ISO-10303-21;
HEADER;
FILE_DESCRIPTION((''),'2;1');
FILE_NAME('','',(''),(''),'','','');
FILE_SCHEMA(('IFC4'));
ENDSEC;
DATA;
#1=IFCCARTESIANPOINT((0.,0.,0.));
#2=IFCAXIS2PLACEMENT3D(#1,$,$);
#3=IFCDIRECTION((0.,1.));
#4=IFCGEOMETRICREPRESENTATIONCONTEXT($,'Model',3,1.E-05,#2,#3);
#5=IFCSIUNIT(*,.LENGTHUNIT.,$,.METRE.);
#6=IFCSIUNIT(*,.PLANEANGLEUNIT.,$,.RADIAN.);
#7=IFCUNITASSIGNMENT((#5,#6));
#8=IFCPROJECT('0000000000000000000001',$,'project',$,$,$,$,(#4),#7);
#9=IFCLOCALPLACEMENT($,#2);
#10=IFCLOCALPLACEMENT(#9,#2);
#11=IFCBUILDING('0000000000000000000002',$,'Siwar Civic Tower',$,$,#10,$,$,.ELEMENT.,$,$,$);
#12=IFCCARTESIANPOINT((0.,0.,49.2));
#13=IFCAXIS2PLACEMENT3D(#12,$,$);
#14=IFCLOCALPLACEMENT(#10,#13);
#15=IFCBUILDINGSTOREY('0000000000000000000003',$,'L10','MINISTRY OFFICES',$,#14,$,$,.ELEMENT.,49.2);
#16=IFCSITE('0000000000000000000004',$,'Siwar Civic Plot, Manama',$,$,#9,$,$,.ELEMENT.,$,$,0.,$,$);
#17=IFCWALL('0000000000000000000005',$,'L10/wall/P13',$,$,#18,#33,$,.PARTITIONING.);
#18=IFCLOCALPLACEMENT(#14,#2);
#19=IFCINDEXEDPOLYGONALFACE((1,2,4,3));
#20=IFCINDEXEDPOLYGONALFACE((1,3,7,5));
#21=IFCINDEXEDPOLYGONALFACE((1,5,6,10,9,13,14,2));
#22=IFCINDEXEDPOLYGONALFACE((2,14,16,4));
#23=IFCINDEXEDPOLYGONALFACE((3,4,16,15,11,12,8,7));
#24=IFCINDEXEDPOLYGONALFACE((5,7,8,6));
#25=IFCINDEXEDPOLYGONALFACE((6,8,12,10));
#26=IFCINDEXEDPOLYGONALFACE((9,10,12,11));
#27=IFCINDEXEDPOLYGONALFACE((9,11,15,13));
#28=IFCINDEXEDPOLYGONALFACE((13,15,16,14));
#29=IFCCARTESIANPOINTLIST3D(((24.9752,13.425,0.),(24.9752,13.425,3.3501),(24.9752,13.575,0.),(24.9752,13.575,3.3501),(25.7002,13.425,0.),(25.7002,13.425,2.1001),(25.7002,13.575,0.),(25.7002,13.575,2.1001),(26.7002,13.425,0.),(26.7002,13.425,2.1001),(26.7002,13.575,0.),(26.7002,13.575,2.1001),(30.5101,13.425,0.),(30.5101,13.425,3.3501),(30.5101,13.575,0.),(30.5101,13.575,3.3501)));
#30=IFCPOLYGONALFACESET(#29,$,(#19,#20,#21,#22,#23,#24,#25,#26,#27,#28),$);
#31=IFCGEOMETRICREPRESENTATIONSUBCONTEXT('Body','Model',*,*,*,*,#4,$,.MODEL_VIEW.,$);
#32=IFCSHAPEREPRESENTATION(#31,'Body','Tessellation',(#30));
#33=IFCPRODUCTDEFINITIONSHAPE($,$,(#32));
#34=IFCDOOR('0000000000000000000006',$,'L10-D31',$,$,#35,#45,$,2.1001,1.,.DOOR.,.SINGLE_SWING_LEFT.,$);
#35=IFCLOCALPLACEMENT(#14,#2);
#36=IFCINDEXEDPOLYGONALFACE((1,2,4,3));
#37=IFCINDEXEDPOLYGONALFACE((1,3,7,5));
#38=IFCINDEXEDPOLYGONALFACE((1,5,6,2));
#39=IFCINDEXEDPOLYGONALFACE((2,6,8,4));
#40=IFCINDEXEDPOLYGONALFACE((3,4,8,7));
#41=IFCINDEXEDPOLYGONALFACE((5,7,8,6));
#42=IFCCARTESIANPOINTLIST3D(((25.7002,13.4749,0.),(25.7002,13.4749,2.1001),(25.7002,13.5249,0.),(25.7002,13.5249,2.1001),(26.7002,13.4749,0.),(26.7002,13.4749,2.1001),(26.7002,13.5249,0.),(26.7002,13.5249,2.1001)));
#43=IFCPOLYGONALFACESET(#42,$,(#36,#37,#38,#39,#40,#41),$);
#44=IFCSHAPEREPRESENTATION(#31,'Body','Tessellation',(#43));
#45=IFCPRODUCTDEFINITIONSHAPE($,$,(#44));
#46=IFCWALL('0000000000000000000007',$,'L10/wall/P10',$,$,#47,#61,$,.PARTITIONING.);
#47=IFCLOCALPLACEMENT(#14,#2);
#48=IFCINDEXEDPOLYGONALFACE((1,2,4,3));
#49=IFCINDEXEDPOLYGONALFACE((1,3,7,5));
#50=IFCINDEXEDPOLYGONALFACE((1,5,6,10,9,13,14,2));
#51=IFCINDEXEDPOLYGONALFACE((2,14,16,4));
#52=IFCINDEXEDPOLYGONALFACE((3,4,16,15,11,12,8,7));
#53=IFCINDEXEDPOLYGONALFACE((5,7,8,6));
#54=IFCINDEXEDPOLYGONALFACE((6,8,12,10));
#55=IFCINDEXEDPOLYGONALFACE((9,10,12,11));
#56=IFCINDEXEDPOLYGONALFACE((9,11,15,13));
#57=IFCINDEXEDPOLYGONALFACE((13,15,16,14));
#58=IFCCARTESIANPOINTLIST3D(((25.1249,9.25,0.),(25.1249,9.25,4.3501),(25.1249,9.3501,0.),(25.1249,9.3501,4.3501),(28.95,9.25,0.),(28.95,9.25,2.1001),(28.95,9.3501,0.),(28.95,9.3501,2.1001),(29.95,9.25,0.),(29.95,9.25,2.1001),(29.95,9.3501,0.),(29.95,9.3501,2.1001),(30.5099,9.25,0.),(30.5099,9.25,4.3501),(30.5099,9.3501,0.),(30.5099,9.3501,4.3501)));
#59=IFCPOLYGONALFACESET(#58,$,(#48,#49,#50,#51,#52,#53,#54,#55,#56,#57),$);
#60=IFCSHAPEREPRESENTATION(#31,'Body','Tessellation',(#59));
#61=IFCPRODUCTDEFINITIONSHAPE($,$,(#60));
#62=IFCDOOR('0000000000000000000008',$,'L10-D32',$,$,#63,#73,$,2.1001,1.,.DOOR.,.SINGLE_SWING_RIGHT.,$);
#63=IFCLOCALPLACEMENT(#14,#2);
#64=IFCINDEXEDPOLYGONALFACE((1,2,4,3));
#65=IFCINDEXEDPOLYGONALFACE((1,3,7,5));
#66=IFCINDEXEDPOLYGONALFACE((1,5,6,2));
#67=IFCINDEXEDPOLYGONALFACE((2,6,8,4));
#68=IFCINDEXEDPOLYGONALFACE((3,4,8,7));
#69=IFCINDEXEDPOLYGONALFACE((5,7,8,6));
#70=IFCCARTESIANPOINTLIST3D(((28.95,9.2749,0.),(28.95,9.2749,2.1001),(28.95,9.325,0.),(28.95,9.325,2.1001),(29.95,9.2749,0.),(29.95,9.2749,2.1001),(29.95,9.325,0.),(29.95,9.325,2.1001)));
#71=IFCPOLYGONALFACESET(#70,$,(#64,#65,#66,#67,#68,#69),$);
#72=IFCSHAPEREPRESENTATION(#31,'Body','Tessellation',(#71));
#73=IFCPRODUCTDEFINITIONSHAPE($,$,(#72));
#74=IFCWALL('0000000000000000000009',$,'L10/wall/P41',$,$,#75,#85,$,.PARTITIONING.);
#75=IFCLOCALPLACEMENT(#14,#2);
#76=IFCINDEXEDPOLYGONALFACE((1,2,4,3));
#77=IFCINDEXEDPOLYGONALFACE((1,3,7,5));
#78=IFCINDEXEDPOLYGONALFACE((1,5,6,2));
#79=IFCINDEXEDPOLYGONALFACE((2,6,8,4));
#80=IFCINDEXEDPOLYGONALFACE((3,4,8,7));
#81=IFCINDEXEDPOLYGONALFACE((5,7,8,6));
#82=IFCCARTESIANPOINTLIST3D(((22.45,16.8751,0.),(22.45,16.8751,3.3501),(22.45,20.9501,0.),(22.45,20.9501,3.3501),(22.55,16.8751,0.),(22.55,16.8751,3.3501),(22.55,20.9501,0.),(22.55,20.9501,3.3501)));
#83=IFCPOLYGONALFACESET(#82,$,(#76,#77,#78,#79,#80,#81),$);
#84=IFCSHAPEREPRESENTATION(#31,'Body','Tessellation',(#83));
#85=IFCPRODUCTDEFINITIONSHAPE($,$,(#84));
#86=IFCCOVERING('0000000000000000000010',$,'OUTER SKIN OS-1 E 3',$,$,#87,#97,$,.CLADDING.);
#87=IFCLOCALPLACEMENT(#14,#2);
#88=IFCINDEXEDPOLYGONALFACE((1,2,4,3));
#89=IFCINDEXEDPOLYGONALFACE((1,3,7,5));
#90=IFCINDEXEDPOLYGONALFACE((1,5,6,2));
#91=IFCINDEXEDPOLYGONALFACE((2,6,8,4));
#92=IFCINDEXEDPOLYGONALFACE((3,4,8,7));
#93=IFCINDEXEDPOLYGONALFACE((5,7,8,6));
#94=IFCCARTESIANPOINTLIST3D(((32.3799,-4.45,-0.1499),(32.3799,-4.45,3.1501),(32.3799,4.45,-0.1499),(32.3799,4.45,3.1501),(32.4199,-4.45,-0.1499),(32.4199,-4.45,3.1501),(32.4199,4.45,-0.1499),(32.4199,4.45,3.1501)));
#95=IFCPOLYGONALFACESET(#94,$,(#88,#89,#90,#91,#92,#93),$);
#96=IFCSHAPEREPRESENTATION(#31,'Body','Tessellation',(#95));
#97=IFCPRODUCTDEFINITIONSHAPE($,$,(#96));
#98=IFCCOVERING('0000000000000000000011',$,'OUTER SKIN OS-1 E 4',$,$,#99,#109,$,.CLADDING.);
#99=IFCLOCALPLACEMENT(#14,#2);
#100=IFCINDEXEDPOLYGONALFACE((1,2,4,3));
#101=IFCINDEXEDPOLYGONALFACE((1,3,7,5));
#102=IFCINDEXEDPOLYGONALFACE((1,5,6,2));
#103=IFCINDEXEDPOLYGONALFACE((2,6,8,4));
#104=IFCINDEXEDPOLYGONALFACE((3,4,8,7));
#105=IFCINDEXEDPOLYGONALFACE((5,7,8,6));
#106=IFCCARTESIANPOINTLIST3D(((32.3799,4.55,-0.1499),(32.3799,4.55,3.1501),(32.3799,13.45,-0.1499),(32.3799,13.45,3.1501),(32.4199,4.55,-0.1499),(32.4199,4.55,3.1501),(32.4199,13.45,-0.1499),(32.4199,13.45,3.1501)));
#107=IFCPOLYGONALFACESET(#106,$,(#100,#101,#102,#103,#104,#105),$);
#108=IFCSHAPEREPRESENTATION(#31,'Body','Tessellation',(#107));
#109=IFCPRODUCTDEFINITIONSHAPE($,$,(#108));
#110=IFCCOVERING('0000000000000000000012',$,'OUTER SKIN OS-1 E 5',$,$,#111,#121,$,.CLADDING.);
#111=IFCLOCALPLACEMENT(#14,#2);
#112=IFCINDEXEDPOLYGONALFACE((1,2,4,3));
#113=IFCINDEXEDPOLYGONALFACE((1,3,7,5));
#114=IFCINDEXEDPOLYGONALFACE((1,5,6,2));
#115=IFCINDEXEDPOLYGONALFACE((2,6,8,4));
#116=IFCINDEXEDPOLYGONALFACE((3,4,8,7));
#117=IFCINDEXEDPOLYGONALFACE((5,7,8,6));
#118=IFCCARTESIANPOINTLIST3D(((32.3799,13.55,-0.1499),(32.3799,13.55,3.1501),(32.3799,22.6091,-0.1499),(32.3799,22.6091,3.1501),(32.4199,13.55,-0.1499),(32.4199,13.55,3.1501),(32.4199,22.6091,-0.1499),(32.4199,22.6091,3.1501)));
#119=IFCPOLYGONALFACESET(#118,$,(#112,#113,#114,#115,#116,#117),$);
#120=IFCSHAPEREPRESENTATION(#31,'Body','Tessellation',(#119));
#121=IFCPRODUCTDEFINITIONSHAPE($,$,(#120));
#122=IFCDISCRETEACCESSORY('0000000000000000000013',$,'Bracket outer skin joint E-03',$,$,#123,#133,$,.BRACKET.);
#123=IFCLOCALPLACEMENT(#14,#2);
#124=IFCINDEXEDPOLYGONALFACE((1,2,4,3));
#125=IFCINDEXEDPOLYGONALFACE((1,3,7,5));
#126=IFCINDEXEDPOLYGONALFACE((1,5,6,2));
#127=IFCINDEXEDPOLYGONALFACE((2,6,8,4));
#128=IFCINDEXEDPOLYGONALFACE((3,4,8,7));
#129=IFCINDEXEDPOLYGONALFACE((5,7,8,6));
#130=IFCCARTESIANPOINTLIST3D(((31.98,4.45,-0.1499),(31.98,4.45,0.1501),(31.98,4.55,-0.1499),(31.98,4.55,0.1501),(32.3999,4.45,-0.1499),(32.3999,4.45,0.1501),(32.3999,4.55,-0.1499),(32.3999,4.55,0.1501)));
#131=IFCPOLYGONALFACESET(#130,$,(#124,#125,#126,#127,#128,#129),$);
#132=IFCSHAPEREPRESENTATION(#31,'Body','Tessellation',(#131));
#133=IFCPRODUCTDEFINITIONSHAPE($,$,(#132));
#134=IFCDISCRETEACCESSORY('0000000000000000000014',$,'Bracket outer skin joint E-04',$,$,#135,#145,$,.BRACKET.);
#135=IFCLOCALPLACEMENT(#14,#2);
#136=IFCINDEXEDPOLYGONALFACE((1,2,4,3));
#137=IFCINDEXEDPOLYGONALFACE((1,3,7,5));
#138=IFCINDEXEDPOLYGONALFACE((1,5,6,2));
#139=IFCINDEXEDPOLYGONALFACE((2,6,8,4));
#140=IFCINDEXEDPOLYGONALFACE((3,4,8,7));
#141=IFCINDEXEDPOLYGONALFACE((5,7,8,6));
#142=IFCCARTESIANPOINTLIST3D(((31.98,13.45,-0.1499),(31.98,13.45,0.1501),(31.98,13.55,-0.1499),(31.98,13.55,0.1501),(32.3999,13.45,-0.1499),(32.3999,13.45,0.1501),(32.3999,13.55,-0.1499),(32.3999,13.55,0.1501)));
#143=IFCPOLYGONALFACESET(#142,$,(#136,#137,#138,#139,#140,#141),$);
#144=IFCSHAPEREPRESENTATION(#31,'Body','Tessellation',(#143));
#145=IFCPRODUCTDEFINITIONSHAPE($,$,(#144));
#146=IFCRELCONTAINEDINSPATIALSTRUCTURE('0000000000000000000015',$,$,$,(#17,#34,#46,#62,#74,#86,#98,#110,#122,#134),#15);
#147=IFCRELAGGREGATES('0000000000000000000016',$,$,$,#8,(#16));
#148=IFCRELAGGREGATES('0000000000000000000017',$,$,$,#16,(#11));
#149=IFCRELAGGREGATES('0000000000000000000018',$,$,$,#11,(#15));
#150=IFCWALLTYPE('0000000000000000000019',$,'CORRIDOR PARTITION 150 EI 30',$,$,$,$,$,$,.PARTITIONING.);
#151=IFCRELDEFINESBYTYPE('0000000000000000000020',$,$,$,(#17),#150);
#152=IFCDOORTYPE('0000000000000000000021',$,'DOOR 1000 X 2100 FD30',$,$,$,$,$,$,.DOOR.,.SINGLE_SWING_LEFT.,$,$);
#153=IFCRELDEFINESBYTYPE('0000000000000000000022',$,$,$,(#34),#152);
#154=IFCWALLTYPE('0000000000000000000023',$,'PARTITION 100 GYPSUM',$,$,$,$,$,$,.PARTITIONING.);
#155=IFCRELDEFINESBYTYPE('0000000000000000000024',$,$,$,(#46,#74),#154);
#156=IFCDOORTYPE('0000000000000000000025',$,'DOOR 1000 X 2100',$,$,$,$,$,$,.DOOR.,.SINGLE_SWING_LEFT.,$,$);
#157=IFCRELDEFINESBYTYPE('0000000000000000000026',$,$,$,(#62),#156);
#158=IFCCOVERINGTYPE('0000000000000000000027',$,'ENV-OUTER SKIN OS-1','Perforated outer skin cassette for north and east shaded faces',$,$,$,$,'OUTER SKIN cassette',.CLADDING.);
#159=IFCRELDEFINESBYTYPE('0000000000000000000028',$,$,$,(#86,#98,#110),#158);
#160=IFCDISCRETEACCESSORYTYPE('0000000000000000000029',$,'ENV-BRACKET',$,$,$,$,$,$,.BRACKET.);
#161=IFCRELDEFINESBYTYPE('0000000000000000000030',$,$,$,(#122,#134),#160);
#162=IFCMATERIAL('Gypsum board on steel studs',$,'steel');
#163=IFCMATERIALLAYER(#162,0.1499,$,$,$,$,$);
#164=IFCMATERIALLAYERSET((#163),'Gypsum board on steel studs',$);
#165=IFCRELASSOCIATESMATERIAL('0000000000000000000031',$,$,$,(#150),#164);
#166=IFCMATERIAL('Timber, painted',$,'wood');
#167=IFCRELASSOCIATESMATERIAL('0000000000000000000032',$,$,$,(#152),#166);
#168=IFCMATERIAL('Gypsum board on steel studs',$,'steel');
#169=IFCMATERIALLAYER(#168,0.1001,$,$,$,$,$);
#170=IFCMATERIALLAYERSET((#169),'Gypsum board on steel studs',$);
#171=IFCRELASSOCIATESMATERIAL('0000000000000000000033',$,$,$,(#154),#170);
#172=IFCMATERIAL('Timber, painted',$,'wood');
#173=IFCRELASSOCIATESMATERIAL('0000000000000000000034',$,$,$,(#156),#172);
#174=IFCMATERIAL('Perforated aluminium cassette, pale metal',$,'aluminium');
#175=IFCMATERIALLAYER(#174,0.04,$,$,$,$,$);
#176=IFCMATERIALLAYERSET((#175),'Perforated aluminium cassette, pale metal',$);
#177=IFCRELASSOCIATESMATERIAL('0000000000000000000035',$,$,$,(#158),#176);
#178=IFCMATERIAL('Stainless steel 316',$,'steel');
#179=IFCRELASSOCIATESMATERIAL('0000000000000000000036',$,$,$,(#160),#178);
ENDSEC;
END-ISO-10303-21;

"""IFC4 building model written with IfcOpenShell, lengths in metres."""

from ifc_helpers import new_model, si_unit, direction, frame, frame_2d, origin, origin_2d, place, context, subcontext, project, spatial, rectangle, extrude, material, layer, layer_set, type_object, element, fill, save


model = new_model("IFC4")

# Units and contexts
model_context = context("Model", 3, precision=1e-05, world=origin(), true_north=direction((0.0, 1.0)))
body_context = subcontext(model_context, "Body", "Model", "MODEL_VIEW")
ifc_project = project(units=[si_unit("LENGTHUNIT", "METRE"), si_unit("PLANEANGLEUNIT", "RADIAN")], contexts=[model_context])

# Site, building, storey
site_placement = place(None, origin())
site = spatial("IfcSite", under=ifc_project, at=site_placement, Name="Siwar Civic Plot, Manama", CompositionType="ELEMENT", RefElevation=0.0)
building_placement = place(site_placement, origin())
building = spatial("IfcBuilding", under=site, at=building_placement, Name="Siwar Civic Tower", CompositionType="ELEMENT")
storey_placement = place(building_placement, frame((0.0, 0.0, 49.2)))
storey = spatial("IfcBuildingStorey", under=building, at=storey_placement, Name="L10", Description="MINISTRY OFFICES", CompositionType="ELEMENT", Elevation=49.2)

# Walls, openings, doors
ifc_material_1 = material(Name="Gypsum board on steel studs", Category="steel")
ifc_layer_1 = layer(ifc_material_1, 0.1499)
ifc_layer_set_1 = layer_set([ifc_layer_1], Name="Gypsum board on steel studs")
wall_type_1 = type_object("IfcWallType", Name="CORRIDOR PARTITION 150 EI 30", PredefinedType="PARTITIONING", material=ifc_layer_set_1)
wall_1_placement = place(storey_placement, frame((24.9751, 13.5, 0.0), z_axis=(0.0, 0.0, 1.0), x_axis=(1.0, 0.0, 0.0)))
wall_1 = element("IfcWall", 1, at=wall_1_placement, inside=storey, type_object=wall_type_1, Name="L10/wall/P13", PredefinedType="PARTITIONING", context=body_context, shape_type="SweptSolid", body=[
    extrude(rectangle(XDim=5.5349, YDim=0.1499, at=frame_2d((2.7676, 0.0))), origin(), (0.0, 0.0, 1.0), 3.3501),
])
opening_1_placement = place(wall_1_placement, frame((0.7251, 0.0, 0.0)))
opening_1 = element("IfcOpeningElement", 2, at=opening_1_placement, cuts=wall_1, PredefinedType="OPENING", context=body_context, shape_type="SweptSolid", body=[
    extrude(rectangle(XDim=1.0, YDim=2.1001, at=frame_2d((0.5, 1.05))), frame((0.0, 0.085, 0.0), z_axis=(0.0, -1.0, 0.0), x_axis=(1.0, 0.0, 0.0)), (0.0, 0.0, 1.0), 0.1699),
])
ifc_material_2 = material(Name="Timber, painted", Category="wood")
door_type_1 = type_object("IfcDoorType", Name="DOOR 1000 X 2100 FD30", OperationType="SINGLE_SWING_LEFT", PredefinedType="DOOR", material=ifc_material_2)
door_1_placement = place(opening_1_placement, origin())
door_1 = element("IfcDoor", 3, at=door_1_placement, inside=storey, type_object=door_type_1, Name="L10-D31", OperationType="SINGLE_SWING_LEFT", OverallHeight=2.1001, OverallWidth=1.0, PredefinedType="DOOR", context=body_context, shape_type="SweptSolid", body=[
    extrude(rectangle(XDim=1.0, YDim=2.1001, at=frame_2d((0.5, 1.05))), frame((0.0, 0.0249, 0.0), z_axis=(0.0, -1.0, 0.0), x_axis=(1.0, 0.0, 0.0)), (0.0, 0.0, 1.0), 0.05),
])
fill(opening_1, door_1)
ifc_material_3 = material(Name="Gypsum board on steel studs", Category="steel")
ifc_layer_2 = layer(ifc_material_3, 0.1001)
ifc_layer_set_2 = layer_set([ifc_layer_2], Name="Gypsum board on steel studs")
wall_type_2 = type_object("IfcWallType", Name="PARTITION 100 GYPSUM", PredefinedType="PARTITIONING", material=ifc_layer_set_2)
wall_2_placement = place(storey_placement, frame((25.125, 9.3, 0.0), z_axis=(0.0, 0.0, 1.0), x_axis=(1.0, 0.0, 0.0)))
wall_2 = element("IfcWall", 4, at=wall_2_placement, inside=storey, type_object=wall_type_2, Name="L10/wall/P10", PredefinedType="PARTITIONING", context=body_context, shape_type="SweptSolid", body=[
    extrude(rectangle(XDim=5.385, YDim=0.1001, at=frame_2d((2.6924, 0.0))), origin(), (0.0, 0.0, 1.0), 4.3501),
])
opening_2_placement = place(wall_2_placement, frame((3.825, 0.0, 0.0)))
opening_2 = element("IfcOpeningElement", 5, at=opening_2_placement, cuts=wall_2, PredefinedType="OPENING", context=body_context, shape_type="SweptSolid", body=[
    extrude(rectangle(XDim=1.0, YDim=2.1001, at=frame_2d((0.5, 1.05))), frame((0.0, 0.0601, 0.0), z_axis=(0.0, -1.0, 0.0), x_axis=(1.0, 0.0, 0.0)), (0.0, 0.0, 1.0), 0.1201),
])
ifc_material_4 = material(Name="Timber, painted", Category="wood")
door_type_2 = type_object("IfcDoorType", Name="DOOR 1000 X 2100", OperationType="SINGLE_SWING_LEFT", PredefinedType="DOOR", material=ifc_material_4)
door_2_placement = place(opening_2_placement, origin())
door_2 = element("IfcDoor", 6, at=door_2_placement, inside=storey, type_object=door_type_2, Name="L10-D32", OperationType="SINGLE_SWING_RIGHT", OverallHeight=2.1001, OverallWidth=1.0, PredefinedType="DOOR", context=body_context, shape_type="SweptSolid", body=[
    extrude(rectangle(XDim=1.0, YDim=2.1001, at=frame_2d((0.5, 1.05))), frame((0.0, 0.0249, 0.0), z_axis=(0.0, -1.0, 0.0), x_axis=(1.0, 0.0, 0.0)), (0.0, 0.0, 1.0), 0.05),
])
fill(opening_2, door_2)

# Wall
wall_3_placement = place(storey_placement, frame((22.5, 16.875, 0.0), z_axis=(0.0, 0.0, 1.0), x_axis=(0.0, 1.0, 0.0)))
element("IfcWall", 7, at=wall_3_placement, inside=storey, type_object=wall_type_2, Name="L10/wall/P41", PredefinedType="PARTITIONING", context=body_context, shape_type="SweptSolid", body=[
    extrude(rectangle(XDim=4.075, YDim=0.1001, at=frame_2d((2.0376, 0.0))), origin(), (0.0, 0.0, 1.0), 3.3501),
])

# Coverings
ifc_material_5 = material(Name="Perforated aluminium cassette, pale metal", Category="aluminium")
ifc_layer_3 = layer(ifc_material_5, 0.04)
ifc_layer_set_3 = layer_set([ifc_layer_3], Name="Perforated aluminium cassette, pale metal")
covering_type = type_object("IfcCoveringType", Name="ENV-OUTER SKIN OS-1", Description="Perforated outer skin cassette for north and east shaded faces", ElementType="OUTER SKIN cassette", PredefinedType="CLADDING", material=ifc_layer_set_3)
for number, where, z_axis, x_axis, name in (
    (8, (32.3999, 0.0, -0.1499), (0.0, 0.0, 1.0), (0.0, 1.0, 0.0), "OUTER SKIN OS-1 E 3"),
    (9, (32.3999, 9.0, -0.1499), (0.0, 0.0, 1.0), (0.0, 1.0, 0.0), "OUTER SKIN OS-1 E 4"),
):
    element("IfcCovering", number, at=place(storey_placement, frame(where, z_axis=z_axis, x_axis=x_axis)), inside=storey, type_object=covering_type, Name=name, PredefinedType="CLADDING", context=body_context, shape_type="SweptSolid", body=[
        extrude(rectangle(XDim=8.8999, YDim=0.04, at=origin_2d()), origin(), (0.0, 0.0, 1.0), 3.3),
    ])
covering_placement = place(storey_placement, frame((32.3999, 18.0796, -0.1499), z_axis=(0.0, 0.0, 1.0), x_axis=(0.0, 1.0, 0.0)))
element("IfcCovering", 10, at=covering_placement, inside=storey, type_object=covering_type, Name="OUTER SKIN OS-1 E 5", PredefinedType="CLADDING", context=body_context, shape_type="SweptSolid", body=[
    extrude(rectangle(XDim=9.0591, YDim=0.04, at=origin_2d()), origin(), (0.0, 0.0, 1.0), 3.3),
])

# Discrete accessories
ifc_material_6 = material(Name="Stainless steel 316", Category="steel")
discrete_accessory_type = type_object("IfcDiscreteAccessoryType", Name="ENV-BRACKET", PredefinedType="BRACKET", material=ifc_material_6)
for number, where, z_axis, x_axis, name in (
    (11, (32.1899, 4.5, -0.1499), (0.0, 0.0, 1.0), (1.0, 0.0, 0.0), "Bracket outer skin joint E-03"),
    (12, (32.1899, 13.5, -0.1499), (0.0, 0.0, 1.0), (1.0, 0.0, 0.0), "Bracket outer skin joint E-04"),
):
    element("IfcDiscreteAccessory", number, at=place(storey_placement, frame(where, z_axis=z_axis, x_axis=x_axis)), inside=storey, type_object=discrete_accessory_type, Name=name, PredefinedType="BRACKET", context=body_context, shape_type="SweptSolid", body=[
        extrude(rectangle(XDim=0.4199, YDim=0.1001, at=origin_2d()), origin(), (0.0, 0.0, 1.0), 0.3),
    ])

save(model, "model.ifc")
